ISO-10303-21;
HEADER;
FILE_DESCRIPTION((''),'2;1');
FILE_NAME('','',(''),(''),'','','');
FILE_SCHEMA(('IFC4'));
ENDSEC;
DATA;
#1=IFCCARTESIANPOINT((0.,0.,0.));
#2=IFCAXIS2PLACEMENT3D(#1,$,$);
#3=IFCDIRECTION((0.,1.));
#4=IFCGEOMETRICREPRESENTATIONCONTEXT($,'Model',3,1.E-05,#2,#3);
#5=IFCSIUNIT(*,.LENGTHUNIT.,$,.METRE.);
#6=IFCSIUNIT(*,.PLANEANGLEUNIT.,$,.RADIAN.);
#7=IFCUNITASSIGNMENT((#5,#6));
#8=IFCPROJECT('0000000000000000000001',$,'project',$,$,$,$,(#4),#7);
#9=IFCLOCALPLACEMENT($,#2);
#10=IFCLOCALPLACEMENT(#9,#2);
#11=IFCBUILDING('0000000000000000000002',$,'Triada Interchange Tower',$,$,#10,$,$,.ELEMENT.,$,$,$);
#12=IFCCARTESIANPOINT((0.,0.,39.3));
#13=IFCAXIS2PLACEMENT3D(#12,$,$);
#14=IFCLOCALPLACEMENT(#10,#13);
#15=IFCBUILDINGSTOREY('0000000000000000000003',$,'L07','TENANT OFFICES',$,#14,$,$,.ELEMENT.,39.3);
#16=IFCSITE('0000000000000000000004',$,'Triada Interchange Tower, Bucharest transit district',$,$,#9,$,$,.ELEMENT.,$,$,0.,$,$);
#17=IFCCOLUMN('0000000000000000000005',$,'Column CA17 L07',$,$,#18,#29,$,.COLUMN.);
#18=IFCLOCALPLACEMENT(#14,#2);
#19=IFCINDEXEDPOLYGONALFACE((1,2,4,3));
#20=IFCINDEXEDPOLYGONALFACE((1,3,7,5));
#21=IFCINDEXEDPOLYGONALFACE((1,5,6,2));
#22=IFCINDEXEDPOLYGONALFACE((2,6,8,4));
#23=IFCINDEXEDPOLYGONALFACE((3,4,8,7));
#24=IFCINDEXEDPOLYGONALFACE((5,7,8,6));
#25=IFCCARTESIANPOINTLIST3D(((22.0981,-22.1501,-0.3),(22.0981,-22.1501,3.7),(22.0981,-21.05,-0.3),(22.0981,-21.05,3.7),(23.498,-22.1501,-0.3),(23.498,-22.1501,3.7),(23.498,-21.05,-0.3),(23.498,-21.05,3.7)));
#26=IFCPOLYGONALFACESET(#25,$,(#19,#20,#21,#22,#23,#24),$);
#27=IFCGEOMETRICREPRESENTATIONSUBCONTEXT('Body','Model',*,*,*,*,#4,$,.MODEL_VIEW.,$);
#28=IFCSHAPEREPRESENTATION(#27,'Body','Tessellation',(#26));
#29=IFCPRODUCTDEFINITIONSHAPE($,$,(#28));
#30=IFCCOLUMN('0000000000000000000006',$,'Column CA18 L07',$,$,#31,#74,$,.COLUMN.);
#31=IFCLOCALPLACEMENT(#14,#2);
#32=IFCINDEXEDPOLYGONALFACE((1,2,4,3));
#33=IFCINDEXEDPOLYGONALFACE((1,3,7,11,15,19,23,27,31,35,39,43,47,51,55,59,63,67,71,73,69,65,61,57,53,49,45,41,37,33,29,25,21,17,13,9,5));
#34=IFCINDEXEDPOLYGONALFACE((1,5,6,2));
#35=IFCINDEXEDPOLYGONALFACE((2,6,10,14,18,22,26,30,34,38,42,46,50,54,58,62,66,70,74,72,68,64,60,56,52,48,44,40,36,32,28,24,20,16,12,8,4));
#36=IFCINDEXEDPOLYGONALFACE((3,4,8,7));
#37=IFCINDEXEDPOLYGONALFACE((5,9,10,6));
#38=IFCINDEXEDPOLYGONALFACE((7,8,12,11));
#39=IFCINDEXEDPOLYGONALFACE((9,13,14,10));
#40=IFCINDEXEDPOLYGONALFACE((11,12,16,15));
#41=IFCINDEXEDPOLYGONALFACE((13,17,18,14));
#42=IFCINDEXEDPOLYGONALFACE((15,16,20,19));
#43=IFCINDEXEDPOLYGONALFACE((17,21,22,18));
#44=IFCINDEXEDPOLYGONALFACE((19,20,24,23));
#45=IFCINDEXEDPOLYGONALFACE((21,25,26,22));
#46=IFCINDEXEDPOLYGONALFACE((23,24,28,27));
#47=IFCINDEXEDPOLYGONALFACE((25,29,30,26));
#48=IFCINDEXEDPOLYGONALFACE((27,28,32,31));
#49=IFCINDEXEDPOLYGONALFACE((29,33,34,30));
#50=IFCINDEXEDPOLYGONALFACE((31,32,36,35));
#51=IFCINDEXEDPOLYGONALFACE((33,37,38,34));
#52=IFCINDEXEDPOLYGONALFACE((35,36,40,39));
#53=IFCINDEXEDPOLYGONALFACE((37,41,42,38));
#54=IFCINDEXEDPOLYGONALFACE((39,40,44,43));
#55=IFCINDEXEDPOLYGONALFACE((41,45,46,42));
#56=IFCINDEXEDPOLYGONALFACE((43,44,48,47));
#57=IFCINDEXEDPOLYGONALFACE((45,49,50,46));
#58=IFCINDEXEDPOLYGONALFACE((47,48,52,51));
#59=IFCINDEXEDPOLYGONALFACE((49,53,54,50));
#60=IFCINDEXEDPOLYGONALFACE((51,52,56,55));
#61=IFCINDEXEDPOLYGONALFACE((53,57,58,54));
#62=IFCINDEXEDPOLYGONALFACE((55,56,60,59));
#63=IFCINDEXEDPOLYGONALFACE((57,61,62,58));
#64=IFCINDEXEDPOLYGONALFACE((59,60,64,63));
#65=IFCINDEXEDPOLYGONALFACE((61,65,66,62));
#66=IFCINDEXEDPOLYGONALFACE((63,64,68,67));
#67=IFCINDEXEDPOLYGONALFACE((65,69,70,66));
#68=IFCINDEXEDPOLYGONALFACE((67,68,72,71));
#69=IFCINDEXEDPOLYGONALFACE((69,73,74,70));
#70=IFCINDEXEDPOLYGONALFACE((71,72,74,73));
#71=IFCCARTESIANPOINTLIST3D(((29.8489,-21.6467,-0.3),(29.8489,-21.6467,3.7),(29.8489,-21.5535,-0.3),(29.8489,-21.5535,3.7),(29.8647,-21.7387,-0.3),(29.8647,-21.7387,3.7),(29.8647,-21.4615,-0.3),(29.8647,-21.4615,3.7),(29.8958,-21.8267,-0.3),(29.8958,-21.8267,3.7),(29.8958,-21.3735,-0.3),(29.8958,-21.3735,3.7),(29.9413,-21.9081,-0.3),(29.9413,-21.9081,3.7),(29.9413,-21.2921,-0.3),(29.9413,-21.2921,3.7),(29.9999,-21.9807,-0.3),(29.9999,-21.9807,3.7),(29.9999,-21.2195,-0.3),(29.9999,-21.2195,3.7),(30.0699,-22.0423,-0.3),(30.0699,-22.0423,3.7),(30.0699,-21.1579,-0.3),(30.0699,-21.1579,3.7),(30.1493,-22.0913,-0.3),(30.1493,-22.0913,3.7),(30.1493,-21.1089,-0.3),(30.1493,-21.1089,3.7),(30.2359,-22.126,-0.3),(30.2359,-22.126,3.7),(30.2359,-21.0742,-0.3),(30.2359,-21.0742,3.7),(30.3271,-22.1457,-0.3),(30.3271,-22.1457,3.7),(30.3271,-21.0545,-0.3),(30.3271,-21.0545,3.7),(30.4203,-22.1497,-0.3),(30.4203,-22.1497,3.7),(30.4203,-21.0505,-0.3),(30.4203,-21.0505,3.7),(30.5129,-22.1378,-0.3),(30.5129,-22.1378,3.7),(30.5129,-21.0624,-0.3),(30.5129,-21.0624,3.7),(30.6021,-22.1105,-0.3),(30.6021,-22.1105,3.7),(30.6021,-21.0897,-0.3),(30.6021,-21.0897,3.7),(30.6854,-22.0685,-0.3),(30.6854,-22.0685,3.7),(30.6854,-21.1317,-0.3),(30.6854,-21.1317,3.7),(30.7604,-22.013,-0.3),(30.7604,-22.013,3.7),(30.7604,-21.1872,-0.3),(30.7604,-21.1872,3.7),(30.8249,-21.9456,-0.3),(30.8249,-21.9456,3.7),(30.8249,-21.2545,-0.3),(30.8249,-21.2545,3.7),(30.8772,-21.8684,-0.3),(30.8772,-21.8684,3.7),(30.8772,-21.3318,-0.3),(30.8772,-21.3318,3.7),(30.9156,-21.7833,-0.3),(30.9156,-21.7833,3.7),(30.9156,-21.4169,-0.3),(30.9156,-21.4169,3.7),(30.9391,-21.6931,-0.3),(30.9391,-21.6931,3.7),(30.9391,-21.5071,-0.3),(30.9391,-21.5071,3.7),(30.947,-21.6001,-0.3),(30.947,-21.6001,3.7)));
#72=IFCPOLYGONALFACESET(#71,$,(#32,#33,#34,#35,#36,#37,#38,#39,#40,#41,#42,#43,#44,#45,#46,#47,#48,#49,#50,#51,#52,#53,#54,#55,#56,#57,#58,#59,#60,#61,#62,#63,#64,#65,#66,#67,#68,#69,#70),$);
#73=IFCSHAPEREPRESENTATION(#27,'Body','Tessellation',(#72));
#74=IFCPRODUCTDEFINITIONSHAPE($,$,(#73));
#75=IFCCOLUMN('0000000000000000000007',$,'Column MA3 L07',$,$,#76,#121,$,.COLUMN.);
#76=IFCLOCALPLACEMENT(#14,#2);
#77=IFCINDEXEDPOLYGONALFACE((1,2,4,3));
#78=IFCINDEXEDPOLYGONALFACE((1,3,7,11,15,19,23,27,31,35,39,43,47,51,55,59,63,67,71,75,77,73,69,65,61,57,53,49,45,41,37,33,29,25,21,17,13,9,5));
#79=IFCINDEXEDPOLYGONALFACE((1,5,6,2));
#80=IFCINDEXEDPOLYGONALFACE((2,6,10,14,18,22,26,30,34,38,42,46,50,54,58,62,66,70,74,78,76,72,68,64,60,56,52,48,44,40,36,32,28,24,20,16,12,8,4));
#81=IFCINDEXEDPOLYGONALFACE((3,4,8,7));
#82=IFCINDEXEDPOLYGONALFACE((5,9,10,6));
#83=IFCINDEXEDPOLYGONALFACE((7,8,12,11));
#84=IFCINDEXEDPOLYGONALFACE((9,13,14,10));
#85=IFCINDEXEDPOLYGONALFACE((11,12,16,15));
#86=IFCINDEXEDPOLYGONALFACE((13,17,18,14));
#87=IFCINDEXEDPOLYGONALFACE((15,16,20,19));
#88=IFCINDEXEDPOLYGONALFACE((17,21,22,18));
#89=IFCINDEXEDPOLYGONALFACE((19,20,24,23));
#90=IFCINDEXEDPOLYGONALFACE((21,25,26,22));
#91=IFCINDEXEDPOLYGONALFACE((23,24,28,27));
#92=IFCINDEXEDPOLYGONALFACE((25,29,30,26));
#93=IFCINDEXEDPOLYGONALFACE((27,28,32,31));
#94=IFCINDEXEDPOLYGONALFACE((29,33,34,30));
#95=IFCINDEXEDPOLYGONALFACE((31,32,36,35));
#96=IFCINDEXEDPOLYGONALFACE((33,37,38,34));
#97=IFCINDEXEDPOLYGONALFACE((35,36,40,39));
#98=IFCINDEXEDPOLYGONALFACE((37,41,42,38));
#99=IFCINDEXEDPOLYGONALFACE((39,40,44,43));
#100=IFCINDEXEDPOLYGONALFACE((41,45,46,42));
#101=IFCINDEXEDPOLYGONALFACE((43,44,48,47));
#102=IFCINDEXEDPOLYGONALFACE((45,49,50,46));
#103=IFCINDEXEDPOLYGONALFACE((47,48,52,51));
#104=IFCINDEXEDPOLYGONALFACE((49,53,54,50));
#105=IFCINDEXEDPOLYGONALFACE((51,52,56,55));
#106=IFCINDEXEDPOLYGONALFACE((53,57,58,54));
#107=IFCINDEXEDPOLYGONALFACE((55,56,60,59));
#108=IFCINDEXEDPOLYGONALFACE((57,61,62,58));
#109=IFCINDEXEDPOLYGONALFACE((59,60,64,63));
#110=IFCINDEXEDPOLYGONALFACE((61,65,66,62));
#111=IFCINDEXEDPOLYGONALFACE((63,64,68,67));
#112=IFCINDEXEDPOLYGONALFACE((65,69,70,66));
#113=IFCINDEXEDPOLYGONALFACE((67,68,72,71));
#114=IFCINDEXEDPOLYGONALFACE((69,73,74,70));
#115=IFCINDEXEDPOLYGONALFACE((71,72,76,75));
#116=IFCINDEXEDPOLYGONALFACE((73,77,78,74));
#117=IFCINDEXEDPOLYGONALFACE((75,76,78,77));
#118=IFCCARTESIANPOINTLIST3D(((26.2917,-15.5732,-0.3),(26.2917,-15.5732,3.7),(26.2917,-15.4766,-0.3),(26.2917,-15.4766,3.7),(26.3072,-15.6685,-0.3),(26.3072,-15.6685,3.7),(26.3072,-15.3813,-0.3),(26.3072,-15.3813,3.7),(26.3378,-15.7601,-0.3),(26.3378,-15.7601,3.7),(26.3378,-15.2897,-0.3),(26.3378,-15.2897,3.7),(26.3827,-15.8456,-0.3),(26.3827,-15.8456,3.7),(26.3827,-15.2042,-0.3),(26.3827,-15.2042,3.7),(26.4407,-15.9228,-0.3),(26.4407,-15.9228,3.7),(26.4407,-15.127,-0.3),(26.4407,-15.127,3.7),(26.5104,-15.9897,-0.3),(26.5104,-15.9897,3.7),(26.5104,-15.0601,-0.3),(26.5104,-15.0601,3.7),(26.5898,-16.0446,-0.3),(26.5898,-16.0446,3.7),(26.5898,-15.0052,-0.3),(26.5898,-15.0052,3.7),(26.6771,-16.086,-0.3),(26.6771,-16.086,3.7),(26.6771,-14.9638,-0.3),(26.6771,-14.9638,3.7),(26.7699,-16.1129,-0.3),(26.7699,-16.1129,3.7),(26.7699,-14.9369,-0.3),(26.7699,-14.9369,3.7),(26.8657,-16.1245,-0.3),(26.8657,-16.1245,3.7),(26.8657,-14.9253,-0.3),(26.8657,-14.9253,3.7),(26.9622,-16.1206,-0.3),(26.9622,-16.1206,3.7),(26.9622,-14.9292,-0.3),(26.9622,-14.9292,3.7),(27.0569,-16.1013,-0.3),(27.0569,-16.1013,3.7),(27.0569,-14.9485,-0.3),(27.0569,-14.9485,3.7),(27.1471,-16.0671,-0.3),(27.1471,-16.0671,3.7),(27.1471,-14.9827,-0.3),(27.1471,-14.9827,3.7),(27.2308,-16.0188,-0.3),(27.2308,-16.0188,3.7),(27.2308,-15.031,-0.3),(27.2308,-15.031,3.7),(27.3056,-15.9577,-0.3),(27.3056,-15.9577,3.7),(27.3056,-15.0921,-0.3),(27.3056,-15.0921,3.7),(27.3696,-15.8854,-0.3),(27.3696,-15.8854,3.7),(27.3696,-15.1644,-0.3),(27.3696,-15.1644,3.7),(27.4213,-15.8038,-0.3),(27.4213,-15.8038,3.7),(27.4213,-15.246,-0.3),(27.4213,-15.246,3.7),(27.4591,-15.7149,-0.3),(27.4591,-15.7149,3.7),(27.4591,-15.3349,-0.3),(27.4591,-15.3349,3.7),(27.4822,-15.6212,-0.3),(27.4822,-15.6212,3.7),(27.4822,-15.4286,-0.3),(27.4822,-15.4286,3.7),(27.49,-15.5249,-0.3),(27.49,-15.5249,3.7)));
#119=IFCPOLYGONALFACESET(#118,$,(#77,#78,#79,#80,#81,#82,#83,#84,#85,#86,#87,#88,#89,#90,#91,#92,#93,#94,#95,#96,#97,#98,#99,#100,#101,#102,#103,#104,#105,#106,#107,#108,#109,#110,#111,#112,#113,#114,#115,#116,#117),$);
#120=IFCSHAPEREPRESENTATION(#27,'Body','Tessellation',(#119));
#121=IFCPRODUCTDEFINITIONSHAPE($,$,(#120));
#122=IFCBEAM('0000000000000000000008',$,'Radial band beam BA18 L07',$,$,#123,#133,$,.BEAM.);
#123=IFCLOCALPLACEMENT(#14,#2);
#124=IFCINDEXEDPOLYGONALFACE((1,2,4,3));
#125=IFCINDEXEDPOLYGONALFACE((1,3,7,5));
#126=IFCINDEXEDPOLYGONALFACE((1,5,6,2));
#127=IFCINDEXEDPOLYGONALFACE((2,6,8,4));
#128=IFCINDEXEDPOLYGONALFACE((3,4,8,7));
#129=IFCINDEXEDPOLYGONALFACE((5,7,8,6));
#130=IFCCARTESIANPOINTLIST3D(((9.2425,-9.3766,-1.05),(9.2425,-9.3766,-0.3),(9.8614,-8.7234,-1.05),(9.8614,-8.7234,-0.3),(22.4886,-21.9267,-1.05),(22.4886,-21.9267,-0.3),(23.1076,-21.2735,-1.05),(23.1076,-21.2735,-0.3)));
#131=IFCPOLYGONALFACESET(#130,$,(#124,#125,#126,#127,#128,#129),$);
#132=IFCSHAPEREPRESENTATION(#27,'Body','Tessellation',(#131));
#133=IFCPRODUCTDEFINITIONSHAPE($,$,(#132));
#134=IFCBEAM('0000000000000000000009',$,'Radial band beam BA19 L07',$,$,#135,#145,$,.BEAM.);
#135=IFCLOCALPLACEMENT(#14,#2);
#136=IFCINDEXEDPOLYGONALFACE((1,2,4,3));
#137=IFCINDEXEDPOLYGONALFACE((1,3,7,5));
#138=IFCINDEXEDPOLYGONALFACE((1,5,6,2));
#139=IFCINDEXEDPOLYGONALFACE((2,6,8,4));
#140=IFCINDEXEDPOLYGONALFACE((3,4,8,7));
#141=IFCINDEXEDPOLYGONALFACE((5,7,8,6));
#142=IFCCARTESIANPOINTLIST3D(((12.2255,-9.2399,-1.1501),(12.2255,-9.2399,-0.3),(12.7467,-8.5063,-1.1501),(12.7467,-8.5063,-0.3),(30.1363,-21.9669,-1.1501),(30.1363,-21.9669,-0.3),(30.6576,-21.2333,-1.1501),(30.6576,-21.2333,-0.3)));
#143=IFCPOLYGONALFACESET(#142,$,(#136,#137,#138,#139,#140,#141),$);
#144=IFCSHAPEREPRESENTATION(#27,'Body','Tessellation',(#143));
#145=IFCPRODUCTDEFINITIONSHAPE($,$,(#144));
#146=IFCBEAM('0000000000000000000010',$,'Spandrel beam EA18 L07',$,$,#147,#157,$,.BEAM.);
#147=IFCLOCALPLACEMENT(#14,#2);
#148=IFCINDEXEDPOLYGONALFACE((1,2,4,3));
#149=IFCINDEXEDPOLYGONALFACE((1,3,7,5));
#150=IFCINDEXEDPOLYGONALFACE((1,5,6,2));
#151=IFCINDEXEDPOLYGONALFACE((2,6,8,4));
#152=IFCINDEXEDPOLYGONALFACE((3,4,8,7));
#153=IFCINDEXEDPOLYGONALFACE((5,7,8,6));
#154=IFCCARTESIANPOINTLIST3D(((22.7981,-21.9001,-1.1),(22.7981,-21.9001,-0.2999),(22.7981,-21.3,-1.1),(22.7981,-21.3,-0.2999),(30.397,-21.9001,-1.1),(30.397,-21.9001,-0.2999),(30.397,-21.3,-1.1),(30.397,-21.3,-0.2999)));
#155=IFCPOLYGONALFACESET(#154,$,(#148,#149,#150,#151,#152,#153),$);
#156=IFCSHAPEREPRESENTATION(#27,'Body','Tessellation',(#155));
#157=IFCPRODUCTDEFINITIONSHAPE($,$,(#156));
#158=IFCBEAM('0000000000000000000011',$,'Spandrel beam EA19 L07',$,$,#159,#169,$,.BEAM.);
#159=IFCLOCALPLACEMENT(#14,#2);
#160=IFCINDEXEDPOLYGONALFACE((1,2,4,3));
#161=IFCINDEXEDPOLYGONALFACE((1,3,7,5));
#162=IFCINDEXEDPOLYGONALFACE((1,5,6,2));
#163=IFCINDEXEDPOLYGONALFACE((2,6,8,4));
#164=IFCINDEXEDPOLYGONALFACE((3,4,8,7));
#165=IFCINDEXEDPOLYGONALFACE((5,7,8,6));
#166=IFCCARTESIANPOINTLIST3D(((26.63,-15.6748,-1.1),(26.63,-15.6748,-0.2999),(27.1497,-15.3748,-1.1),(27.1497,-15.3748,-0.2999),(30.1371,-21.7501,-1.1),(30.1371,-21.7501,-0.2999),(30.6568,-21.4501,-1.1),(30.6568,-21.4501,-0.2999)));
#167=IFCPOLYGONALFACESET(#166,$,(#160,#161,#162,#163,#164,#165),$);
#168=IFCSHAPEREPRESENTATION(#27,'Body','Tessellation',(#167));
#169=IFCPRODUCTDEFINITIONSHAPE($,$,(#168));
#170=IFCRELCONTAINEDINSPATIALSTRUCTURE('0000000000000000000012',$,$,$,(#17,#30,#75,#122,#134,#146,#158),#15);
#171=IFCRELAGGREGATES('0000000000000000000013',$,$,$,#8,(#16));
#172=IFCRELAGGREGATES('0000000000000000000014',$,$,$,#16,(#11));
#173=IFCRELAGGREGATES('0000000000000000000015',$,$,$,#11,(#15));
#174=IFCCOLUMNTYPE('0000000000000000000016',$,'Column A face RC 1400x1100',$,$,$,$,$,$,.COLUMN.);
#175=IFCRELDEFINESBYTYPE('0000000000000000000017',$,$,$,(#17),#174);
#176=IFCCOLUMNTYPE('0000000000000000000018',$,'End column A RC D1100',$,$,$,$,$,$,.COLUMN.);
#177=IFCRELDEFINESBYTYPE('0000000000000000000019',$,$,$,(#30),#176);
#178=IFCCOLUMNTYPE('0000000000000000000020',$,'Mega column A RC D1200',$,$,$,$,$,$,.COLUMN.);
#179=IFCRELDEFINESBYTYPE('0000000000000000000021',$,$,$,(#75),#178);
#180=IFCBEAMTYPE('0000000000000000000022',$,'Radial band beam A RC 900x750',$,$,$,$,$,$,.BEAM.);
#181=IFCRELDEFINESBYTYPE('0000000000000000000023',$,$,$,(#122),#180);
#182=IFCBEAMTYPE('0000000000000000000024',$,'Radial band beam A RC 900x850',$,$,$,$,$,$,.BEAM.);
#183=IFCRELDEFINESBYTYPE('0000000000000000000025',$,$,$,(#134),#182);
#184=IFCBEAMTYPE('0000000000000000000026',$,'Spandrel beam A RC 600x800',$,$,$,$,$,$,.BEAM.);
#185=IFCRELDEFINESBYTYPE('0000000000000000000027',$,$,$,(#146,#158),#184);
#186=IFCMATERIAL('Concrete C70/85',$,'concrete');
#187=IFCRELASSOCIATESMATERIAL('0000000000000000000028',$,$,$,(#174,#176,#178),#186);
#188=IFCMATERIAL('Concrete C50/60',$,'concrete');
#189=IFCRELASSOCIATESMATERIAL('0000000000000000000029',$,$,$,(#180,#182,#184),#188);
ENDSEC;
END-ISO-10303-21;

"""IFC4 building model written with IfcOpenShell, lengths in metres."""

from ifc_helpers import new_model, si_unit, direction, frame, origin, origin_2d, place, context, subcontext, project, spatial, rectangle, circle, extrude, material, material_profile, profile_set, type_object, element, save


model = new_model("IFC4")

# Units and contexts
model_context = context("Model", 3, precision=1e-05, world=origin(), true_north=direction((0.0, 1.0)))
body_context = subcontext(model_context, "Body", "Model", "MODEL_VIEW")
ifc_project = project(units=[si_unit("LENGTHUNIT", "METRE"), si_unit("PLANEANGLEUNIT", "RADIAN")], contexts=[model_context])

# Site, building, storey
site_placement = place(None, origin())
site = spatial("IfcSite", under=ifc_project, at=site_placement, Name="Triada Interchange Tower, Bucharest transit district", CompositionType="ELEMENT", RefElevation=0.0)
building_placement = place(site_placement, origin())
building = spatial("IfcBuilding", under=site, at=building_placement, Name="Triada Interchange Tower", CompositionType="ELEMENT")
storey_placement = place(building_placement, frame((0.0, 0.0, 39.3)))
storey = spatial("IfcBuildingStorey", under=building, at=storey_placement, Name="L07", Description="TENANT OFFICES", CompositionType="ELEMENT", Elevation=39.3)

# Columns
ifc_material_1 = material(Name="Concrete C70/85", Category="concrete")
ifc_material_profile_1 = material_profile(ifc_material_1, rectangle(XDim=1.3999, YDim=1.1001, at=origin_2d()), Name="RC 1400x1100")
ifc_profile_set_1 = profile_set([ifc_material_profile_1], Name="Concrete C70/85")
column_type_1 = type_object("IfcColumnType", Name="Column A face RC 1400x1100", PredefinedType="COLUMN", material=ifc_profile_set_1)
column_1_placement = place(storey_placement, frame((22.7981, -21.6001, -0.3), z_axis=(0.0, 0.0, 1.0), x_axis=(1.0, 0.0, 0.0)))
element("IfcColumn", 1, at=column_1_placement, inside=storey, type_object=column_type_1, Name="Column CA17 L07", PredefinedType="COLUMN", context=body_context, shape_type="SweptSolid", body=[
    extrude(rectangle(XDim=1.3999, YDim=1.1001, at=origin_2d()), origin(), (0.0, 0.0, 1.0), 4.0),
])
ifc_material_profile_2 = material_profile(ifc_material_1, circle(Radius=0.55, at=origin_2d()), Name="RC D1100")
ifc_profile_set_2 = profile_set([ifc_material_profile_2], Name="Concrete C70/85")
column_type_2 = type_object("IfcColumnType", Name="End column A RC D1100", PredefinedType="COLUMN", material=ifc_profile_set_2)
column_2_placement = place(storey_placement, frame((30.397, -21.6001, -0.3), z_axis=(0.0, 0.0, 1.0), x_axis=(1.0, 0.0, 0.0)))
element("IfcColumn", 2, at=column_2_placement, inside=storey, type_object=column_type_2, Name="Column CA18 L07", PredefinedType="COLUMN", context=body_context, shape_type="SweptSolid", body=[
    extrude(circle(Radius=0.55, at=origin_2d()), origin(), (0.0, 0.0, 1.0), 4.0),
])
ifc_material_profile_3 = material_profile(ifc_material_1, circle(Radius=0.6001, at=origin_2d()), Name="RC D1200")
ifc_profile_set_3 = profile_set([ifc_material_profile_3], Name="Concrete C70/85")
column_type_3 = type_object("IfcColumnType", Name="Mega column A RC D1200", PredefinedType="COLUMN", material=ifc_profile_set_3)
column_3_placement = place(storey_placement, frame((26.8899, -15.5249, -0.3), z_axis=(0.0, 0.0, 1.0), x_axis=(1.0, 0.0, 0.0)))
element("IfcColumn", 3, at=column_3_placement, inside=storey, type_object=column_type_3, Name="Column MA3 L07", PredefinedType="COLUMN", context=body_context, shape_type="SweptSolid", body=[
    extrude(circle(Radius=0.6001, at=origin_2d()), origin(), (0.0, 0.0, 1.0), 4.0),
])

# Beams
ifc_material_2 = material(Name="Concrete C50/60", Category="concrete")
ifc_material_profile_4 = material_profile(ifc_material_2, rectangle(XDim=0.8999, YDim=0.75, at=origin_2d()), Name="RC 900x750")
ifc_profile_set_4 = profile_set([ifc_material_profile_4], Name="Concrete C50/60")
beam_type_1 = type_object("IfcBeamType", Name="Radial band beam A RC 900x750", PredefinedType="BEAM", material=ifc_profile_set_4)
beam_1_placement = place(storey_placement, frame((22.7981, -21.6001, -0.675), z_axis=(-0.725922, 0.687777, 0.0), x_axis=(-0.687777, -0.725922, 0.0)))
element("IfcBeam", 4, at=beam_1_placement, inside=storey, type_object=beam_type_1, Name="Radial band beam BA18 L07", PredefinedType="BEAM", context=body_context, shape_type="SweptSolid", body=[
    extrude(rectangle(XDim=0.8999, YDim=0.75, at=origin_2d()), origin(), (0.0, 0.0, 1.0), 18.2473),
])
ifc_material_profile_5 = material_profile(ifc_material_2, rectangle(XDim=0.8999, YDim=0.8501, at=origin_2d()), Name="RC 900x850")
ifc_profile_set_5 = profile_set([ifc_material_profile_5], Name="Concrete C50/60")
beam_type_2 = type_object("IfcBeamType", Name="Radial band beam A RC 900x850", PredefinedType="BEAM", material=ifc_profile_set_5)
beam_2_placement = place(storey_placement, frame((30.397, -21.6001, -0.7251), z_axis=(-0.815161, 0.579234, 0.0), x_axis=(-0.579234, -0.815161, 0.0)))
element("IfcBeam", 5, at=beam_2_placement, inside=storey, type_object=beam_type_2, Name="Radial band beam BA19 L07", PredefinedType="BEAM", context=body_context, shape_type="SweptSolid", body=[
    extrude(rectangle(XDim=0.8999, YDim=0.8501, at=origin_2d()), origin(), (0.0, 0.0, 1.0), 21.9722),
])
ifc_material_profile_6 = material_profile(ifc_material_2, rectangle(XDim=0.6001, YDim=0.8, at=origin_2d()), Name="RC 600x800")
ifc_profile_set_6 = profile_set([ifc_material_profile_6], Name="Concrete C50/60")
beam_type_3 = type_object("IfcBeamType", Name="Spandrel beam A RC 600x800", PredefinedType="BEAM", material=ifc_profile_set_6)
beam_3_placement = place(storey_placement, frame((22.7981, -21.6001, -0.7), z_axis=(1.0, 0.0, 0.0), x_axis=(0.0, 1.0, 0.0)))
element("IfcBeam", 6, at=beam_3_placement, inside=storey, type_object=beam_type_3, Name="Spandrel beam EA18 L07", PredefinedType="BEAM", context=body_context, shape_type="SweptSolid", body=[
    extrude(rectangle(XDim=0.6001, YDim=0.8, at=origin_2d()), origin(), (0.0, 0.0, 1.0), 7.5989),
])
beam_4_placement = place(storey_placement, frame((30.397, -21.6001, -0.7), z_axis=(-0.499953, 0.866052, 0.0), x_axis=(-0.866052, -0.499953, 0.0)))
element("IfcBeam", 7, at=beam_4_placement, inside=storey, type_object=beam_type_3, Name="Spandrel beam EA19 L07", PredefinedType="BEAM", context=body_context, shape_type="SweptSolid", body=[
    extrude(rectangle(XDim=0.6001, YDim=0.8, at=origin_2d()), origin(), (0.0, 0.0, 1.0), 7.0149),
])

save(model, "model.ifc")
